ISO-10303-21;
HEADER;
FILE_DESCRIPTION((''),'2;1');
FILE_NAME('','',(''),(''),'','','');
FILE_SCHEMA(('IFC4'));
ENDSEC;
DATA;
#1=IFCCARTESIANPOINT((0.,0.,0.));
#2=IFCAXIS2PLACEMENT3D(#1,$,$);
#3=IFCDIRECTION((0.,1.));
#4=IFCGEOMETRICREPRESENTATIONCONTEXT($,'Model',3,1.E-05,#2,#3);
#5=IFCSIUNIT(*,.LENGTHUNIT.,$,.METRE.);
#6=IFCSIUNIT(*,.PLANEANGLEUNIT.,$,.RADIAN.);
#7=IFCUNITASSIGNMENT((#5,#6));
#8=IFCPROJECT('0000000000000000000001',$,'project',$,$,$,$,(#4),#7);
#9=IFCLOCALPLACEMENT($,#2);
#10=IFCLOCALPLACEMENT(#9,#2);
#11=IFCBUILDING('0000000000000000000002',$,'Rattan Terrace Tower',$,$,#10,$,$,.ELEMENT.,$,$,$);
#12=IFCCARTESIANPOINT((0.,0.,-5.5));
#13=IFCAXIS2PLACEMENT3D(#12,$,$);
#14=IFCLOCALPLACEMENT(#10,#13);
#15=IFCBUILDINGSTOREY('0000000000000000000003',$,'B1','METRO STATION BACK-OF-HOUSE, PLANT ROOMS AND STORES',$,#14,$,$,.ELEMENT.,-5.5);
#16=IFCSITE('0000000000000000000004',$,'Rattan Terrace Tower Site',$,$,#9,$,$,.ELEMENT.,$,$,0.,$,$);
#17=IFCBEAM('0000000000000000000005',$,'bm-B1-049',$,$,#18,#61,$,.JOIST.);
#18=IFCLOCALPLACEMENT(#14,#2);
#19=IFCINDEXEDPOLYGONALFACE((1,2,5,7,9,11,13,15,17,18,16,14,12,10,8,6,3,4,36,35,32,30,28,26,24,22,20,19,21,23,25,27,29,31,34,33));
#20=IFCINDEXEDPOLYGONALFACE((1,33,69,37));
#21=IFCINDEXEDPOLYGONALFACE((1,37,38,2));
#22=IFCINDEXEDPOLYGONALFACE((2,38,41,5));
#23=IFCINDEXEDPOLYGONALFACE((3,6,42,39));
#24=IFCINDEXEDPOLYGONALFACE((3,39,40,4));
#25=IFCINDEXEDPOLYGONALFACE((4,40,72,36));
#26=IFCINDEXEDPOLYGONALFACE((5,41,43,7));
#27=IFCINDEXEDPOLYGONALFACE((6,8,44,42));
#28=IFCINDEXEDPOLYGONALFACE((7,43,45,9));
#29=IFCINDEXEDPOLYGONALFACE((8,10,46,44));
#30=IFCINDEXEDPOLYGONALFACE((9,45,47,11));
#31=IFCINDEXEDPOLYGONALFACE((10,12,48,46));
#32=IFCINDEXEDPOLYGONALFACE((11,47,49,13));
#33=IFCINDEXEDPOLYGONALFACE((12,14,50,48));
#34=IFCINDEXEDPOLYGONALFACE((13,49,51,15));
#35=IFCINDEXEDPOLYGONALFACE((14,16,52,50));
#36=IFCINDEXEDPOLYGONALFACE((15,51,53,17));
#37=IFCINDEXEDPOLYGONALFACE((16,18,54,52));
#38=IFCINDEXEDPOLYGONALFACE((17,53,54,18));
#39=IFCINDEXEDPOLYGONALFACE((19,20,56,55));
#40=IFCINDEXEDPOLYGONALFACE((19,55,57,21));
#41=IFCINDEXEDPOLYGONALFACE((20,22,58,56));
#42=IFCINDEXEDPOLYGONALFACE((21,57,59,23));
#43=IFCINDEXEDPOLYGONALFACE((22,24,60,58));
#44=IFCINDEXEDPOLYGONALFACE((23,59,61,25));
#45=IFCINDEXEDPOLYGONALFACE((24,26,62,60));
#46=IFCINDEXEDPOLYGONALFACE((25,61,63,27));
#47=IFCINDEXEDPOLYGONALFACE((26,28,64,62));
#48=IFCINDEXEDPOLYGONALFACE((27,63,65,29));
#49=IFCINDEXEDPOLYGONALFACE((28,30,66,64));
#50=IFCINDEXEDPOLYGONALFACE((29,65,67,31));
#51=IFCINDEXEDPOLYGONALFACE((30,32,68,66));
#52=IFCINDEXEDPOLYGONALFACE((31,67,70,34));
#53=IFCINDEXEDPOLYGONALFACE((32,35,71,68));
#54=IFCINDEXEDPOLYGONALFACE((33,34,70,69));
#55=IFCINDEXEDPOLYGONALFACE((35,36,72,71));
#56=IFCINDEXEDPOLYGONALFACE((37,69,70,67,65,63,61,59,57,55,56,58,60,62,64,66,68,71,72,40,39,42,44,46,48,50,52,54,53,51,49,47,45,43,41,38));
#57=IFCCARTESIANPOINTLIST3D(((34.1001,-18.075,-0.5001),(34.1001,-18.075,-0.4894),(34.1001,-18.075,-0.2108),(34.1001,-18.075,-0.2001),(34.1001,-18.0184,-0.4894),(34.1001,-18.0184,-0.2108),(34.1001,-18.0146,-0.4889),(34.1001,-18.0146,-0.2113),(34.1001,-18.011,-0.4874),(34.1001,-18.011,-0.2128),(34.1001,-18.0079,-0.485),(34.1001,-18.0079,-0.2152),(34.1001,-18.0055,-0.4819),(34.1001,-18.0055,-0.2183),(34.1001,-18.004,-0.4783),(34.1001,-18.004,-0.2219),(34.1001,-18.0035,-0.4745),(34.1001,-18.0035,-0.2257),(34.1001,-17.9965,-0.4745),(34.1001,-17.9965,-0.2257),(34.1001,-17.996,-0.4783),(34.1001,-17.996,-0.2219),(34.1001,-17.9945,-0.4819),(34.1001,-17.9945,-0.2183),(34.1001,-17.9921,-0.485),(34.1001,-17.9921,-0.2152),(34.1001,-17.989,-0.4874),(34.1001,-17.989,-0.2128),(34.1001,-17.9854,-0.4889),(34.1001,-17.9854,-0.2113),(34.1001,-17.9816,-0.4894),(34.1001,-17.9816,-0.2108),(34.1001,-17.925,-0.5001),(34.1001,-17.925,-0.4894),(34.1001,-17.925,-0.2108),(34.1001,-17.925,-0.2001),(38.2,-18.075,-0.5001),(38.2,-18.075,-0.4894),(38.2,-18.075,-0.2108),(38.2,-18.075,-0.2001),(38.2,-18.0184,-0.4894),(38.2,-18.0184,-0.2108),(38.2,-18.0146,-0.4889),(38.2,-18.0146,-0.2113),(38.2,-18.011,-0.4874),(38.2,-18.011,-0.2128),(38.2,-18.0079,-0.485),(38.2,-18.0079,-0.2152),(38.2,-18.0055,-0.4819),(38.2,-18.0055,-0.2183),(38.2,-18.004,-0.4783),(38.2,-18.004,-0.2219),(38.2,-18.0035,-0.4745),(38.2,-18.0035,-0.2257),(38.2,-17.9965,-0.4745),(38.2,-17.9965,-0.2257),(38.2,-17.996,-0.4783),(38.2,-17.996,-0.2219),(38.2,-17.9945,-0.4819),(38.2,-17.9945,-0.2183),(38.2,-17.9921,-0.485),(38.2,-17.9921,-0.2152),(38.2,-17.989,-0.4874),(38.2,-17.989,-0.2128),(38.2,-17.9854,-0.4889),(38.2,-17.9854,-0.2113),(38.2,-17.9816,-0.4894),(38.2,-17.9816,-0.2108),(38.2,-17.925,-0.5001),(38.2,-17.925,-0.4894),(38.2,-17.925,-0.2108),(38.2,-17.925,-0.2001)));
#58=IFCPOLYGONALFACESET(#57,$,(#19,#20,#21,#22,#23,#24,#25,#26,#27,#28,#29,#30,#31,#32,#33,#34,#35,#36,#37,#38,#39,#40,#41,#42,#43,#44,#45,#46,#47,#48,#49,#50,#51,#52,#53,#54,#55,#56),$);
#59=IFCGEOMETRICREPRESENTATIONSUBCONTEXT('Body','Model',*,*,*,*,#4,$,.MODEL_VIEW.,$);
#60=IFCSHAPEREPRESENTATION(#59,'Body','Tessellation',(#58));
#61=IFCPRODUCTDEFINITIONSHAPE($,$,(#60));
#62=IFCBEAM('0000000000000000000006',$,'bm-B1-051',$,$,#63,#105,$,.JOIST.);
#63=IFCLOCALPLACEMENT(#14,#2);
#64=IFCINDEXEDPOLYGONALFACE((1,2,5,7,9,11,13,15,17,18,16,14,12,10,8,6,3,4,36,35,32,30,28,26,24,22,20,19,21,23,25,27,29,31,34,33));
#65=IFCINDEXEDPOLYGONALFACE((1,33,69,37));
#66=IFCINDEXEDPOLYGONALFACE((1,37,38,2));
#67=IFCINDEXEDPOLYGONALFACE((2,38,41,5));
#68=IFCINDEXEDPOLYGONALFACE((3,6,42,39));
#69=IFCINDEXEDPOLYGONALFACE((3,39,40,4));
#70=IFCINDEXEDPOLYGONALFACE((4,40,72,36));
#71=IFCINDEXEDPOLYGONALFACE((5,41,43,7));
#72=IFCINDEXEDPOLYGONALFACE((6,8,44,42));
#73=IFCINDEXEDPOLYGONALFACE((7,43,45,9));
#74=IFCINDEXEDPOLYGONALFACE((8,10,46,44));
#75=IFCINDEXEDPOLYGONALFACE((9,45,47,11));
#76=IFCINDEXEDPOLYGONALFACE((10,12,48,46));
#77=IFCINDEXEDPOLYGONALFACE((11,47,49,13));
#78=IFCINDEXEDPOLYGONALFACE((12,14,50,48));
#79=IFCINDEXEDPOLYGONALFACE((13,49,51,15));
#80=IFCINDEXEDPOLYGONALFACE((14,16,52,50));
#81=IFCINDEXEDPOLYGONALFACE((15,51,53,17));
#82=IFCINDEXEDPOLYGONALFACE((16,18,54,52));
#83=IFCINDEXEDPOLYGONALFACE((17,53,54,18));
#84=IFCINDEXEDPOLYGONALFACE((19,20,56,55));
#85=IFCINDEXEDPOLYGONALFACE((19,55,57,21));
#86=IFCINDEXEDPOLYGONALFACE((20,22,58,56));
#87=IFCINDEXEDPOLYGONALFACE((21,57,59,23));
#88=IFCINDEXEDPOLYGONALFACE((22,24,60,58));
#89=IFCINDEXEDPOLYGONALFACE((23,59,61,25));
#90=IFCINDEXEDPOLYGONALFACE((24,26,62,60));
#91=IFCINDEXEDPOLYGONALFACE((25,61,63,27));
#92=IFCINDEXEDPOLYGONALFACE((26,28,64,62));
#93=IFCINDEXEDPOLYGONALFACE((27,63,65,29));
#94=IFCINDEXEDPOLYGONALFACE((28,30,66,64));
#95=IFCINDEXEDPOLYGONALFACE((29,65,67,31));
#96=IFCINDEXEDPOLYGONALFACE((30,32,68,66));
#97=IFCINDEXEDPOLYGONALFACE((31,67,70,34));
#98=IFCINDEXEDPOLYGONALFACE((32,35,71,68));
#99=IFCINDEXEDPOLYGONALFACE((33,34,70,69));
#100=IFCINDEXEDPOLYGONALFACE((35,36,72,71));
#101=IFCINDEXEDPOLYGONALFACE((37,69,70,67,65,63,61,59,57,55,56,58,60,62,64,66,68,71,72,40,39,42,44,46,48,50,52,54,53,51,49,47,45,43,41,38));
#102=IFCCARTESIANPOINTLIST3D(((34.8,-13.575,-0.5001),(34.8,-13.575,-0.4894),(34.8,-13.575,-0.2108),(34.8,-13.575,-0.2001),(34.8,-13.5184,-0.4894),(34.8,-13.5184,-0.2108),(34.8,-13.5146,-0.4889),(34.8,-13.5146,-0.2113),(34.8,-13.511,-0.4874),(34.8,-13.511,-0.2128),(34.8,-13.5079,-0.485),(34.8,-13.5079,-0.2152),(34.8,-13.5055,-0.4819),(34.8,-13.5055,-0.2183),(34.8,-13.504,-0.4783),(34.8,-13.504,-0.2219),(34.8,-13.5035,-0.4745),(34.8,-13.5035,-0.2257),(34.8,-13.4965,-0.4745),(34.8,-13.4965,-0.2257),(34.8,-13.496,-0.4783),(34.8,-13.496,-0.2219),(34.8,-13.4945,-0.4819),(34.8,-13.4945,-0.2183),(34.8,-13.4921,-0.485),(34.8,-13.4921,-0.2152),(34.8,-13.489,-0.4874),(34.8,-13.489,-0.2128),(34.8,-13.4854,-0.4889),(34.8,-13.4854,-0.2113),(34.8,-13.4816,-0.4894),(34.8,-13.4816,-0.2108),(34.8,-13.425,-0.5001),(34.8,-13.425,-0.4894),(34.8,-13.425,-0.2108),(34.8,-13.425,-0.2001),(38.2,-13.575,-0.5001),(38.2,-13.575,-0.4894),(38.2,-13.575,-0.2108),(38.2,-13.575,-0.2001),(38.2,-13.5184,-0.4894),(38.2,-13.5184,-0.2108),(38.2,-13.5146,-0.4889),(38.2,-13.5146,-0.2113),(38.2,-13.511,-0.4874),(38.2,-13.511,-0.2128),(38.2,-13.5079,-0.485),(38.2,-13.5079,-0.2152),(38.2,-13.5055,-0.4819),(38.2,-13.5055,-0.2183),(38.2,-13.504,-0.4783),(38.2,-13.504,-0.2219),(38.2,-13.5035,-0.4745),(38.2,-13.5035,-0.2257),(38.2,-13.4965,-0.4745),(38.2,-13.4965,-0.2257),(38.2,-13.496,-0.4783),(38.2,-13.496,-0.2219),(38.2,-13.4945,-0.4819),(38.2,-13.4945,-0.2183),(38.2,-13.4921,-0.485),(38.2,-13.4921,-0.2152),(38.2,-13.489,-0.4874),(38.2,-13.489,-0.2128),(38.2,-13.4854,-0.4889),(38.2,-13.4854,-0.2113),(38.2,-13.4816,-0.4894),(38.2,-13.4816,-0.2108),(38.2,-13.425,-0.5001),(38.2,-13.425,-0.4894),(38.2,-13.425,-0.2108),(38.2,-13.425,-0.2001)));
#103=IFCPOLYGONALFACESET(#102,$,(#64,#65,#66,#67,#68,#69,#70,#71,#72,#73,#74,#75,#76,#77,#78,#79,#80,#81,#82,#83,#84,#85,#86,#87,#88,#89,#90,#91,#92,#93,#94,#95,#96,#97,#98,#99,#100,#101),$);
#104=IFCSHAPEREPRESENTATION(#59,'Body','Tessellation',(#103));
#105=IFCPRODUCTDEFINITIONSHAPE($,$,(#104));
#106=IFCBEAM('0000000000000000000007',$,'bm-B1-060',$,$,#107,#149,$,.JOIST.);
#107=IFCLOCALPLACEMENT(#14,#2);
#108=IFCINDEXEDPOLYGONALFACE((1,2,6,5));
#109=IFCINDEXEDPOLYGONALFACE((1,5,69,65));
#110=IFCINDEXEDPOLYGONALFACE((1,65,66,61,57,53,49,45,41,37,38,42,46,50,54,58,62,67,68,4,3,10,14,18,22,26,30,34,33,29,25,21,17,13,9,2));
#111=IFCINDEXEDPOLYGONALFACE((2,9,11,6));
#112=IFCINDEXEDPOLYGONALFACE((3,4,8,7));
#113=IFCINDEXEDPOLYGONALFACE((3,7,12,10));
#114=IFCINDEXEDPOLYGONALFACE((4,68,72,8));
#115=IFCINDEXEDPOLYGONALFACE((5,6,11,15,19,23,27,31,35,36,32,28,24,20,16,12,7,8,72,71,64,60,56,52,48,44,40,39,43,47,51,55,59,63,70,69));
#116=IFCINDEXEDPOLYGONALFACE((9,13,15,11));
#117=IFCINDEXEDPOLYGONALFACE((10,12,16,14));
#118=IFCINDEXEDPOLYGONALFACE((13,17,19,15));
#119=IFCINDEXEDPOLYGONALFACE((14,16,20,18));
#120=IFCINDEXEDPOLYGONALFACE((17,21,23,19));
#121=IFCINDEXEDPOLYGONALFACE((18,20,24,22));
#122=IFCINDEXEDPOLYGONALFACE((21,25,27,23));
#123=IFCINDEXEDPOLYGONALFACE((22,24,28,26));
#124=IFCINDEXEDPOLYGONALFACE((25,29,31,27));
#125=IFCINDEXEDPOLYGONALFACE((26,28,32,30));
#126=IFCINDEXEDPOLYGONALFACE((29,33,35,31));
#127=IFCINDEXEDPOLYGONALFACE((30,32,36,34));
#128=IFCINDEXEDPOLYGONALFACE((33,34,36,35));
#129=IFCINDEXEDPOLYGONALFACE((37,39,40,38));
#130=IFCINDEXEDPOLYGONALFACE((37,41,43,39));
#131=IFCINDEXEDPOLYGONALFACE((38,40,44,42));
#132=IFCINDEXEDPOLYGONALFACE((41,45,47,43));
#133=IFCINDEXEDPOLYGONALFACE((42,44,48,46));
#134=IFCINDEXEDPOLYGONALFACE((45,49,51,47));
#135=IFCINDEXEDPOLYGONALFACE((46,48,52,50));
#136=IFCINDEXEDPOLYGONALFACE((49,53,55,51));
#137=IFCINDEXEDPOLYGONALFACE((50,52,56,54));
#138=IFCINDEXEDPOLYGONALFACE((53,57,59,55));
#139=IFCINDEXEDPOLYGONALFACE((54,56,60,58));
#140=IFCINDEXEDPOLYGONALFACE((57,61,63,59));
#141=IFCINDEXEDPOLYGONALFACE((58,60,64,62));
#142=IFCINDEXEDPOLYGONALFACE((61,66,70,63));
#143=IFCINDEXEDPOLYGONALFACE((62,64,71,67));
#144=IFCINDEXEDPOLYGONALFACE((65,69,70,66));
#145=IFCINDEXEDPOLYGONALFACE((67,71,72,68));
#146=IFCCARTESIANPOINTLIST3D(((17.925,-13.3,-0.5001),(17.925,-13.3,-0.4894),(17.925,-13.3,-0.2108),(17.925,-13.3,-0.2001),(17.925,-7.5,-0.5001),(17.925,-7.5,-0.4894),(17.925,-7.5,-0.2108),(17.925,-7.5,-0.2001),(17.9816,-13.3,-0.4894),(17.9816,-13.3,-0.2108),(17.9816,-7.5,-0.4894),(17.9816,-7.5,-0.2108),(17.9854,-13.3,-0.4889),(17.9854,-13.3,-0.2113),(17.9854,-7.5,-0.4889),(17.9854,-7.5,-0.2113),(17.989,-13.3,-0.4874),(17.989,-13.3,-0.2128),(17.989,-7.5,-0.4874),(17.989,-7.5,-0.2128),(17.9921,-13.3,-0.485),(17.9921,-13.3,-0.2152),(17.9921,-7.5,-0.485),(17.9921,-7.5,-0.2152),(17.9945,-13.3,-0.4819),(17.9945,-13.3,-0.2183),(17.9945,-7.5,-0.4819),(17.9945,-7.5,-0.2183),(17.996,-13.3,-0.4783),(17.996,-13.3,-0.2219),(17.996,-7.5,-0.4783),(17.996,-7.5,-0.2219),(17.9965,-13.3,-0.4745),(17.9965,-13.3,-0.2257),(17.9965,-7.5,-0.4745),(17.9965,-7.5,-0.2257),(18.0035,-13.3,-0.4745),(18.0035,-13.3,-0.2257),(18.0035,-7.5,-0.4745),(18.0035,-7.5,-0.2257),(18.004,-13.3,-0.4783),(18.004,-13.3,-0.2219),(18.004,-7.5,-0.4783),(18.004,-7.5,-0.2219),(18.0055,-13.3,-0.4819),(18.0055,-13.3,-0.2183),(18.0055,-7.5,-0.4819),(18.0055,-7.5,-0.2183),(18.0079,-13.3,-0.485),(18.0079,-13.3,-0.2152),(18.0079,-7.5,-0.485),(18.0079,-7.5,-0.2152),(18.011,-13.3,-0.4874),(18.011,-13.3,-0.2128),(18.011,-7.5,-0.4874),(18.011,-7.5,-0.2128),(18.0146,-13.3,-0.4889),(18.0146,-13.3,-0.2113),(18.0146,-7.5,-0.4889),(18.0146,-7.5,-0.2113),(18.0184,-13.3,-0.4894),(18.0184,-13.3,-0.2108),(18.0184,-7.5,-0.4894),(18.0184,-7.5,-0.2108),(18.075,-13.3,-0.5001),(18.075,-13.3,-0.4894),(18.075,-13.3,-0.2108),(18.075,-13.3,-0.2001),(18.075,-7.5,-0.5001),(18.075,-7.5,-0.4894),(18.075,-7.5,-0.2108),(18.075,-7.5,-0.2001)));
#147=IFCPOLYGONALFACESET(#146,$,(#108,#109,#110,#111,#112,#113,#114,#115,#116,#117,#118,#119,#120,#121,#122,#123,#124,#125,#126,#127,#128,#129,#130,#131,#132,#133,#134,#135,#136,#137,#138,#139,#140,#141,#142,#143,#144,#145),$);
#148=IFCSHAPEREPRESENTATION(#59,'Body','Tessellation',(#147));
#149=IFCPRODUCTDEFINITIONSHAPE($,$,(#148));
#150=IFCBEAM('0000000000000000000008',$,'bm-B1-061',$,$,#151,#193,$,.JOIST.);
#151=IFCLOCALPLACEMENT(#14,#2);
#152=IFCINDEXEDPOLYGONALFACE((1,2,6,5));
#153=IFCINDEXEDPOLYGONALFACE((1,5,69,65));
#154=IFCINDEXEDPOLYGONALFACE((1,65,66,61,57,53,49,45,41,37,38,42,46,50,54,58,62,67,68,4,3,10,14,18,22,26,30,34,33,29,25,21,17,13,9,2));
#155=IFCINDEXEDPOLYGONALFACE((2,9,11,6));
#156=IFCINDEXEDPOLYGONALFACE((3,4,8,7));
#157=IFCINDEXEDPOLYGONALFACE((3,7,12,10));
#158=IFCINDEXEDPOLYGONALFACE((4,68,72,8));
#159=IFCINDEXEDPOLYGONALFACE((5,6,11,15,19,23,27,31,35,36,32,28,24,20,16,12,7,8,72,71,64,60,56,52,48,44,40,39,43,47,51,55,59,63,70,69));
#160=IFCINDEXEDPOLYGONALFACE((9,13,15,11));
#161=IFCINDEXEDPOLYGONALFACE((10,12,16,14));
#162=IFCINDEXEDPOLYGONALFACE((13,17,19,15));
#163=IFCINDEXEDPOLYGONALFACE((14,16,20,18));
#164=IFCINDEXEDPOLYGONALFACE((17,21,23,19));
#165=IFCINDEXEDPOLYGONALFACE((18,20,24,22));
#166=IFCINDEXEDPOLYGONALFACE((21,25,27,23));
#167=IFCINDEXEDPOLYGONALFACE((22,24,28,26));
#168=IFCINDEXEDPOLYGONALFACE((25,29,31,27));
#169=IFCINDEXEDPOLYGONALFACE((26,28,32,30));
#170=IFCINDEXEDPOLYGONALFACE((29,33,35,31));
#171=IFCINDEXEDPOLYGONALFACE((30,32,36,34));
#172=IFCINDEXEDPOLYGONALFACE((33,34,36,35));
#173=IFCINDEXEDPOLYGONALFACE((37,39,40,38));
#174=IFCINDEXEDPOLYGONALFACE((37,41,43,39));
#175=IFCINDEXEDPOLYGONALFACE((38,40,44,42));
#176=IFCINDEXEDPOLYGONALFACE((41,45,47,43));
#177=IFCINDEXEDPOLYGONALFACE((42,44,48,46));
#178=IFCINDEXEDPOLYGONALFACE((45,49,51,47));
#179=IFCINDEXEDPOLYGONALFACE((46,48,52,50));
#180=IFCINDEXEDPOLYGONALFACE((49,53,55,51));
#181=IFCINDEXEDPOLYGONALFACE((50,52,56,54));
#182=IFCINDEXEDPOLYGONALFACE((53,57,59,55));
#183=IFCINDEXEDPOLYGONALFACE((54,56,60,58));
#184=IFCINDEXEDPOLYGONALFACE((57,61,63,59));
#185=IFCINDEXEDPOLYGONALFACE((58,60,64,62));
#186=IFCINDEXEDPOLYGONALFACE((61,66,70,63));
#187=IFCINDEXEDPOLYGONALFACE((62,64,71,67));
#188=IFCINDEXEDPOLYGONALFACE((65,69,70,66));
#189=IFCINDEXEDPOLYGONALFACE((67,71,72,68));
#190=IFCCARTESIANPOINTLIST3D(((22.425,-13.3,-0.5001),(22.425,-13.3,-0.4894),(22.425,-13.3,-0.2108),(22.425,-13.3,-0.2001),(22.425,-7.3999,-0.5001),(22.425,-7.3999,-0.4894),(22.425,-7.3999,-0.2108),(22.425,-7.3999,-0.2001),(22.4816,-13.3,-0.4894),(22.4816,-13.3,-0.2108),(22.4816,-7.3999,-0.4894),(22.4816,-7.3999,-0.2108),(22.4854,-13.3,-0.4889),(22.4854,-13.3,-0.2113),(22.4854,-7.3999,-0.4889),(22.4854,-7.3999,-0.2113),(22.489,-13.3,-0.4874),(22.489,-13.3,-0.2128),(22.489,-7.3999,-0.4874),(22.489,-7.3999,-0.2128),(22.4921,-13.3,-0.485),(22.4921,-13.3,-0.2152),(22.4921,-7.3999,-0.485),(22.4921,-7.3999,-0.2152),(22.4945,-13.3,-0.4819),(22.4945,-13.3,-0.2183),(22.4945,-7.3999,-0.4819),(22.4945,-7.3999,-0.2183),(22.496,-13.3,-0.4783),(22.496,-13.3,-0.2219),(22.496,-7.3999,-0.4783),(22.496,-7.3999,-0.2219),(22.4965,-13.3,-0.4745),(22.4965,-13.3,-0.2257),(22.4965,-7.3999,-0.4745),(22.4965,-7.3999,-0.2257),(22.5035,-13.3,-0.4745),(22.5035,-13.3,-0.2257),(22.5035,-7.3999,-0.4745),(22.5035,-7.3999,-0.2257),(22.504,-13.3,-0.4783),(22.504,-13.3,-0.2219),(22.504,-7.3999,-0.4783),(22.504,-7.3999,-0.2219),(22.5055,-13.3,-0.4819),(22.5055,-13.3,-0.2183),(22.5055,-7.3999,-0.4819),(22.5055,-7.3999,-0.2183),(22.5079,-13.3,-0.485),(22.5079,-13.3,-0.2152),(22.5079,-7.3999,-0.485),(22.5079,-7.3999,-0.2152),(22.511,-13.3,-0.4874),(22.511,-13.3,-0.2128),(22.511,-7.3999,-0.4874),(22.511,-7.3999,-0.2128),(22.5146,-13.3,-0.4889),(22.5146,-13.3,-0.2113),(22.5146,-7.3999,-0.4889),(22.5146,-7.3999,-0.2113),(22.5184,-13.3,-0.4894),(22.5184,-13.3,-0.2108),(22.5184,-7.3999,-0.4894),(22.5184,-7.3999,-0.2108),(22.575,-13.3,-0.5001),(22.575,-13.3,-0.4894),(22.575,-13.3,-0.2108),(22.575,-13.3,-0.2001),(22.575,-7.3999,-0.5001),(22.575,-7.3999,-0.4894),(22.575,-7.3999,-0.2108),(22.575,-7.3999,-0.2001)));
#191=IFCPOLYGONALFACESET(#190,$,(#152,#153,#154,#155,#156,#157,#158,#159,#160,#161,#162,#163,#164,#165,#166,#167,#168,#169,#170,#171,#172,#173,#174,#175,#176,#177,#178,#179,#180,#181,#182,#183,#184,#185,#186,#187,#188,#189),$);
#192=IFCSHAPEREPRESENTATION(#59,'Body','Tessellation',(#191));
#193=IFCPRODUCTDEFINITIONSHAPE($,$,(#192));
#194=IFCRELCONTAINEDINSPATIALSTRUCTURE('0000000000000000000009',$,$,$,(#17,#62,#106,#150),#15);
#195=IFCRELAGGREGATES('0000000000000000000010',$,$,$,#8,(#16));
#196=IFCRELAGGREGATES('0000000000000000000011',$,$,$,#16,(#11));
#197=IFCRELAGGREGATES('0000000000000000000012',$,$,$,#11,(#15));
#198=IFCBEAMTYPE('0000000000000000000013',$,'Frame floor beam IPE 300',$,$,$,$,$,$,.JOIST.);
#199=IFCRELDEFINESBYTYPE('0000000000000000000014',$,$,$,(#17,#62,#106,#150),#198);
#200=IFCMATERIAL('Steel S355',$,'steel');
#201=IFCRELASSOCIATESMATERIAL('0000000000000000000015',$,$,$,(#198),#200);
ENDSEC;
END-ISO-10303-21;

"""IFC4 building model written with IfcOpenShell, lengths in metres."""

from ifc_helpers import new_model, si_unit, direction, frame, origin, origin_2d, place, context, subcontext, project, spatial, i_section, extrude, material, material_profile, profile_set, type_object, element, save


model = new_model("IFC4")

# Units and contexts
model_context = context("Model", 3, precision=1e-05, world=origin(), true_north=direction((0.0, 1.0)))
body_context = subcontext(model_context, "Body", "Model", "MODEL_VIEW")
ifc_project = project(units=[si_unit("LENGTHUNIT", "METRE"), si_unit("PLANEANGLEUNIT", "RADIAN")], contexts=[model_context])

# Site, building, storey
site_placement = place(None, origin())
site = spatial("IfcSite", under=ifc_project, at=site_placement, Name="Rattan Terrace Tower Site", CompositionType="ELEMENT", RefElevation=0.0)
building_placement = place(site_placement, origin())
building = spatial("IfcBuilding", under=site, at=building_placement, Name="Rattan Terrace Tower", CompositionType="ELEMENT")
storey_placement = place(building_placement, frame((0.0, 0.0, -5.5)))
storey = spatial("IfcBuildingStorey", under=building, at=storey_placement, Name="B1", Description="METRO STATION BACK-OF-HOUSE, PLANT ROOMS AND STORES", CompositionType="ELEMENT", Elevation=-5.5)

# Beams
ifc_material_1 = material(Name="Steel S355", Category="steel")
ifc_material_profile_1 = material_profile(ifc_material_1, i_section(OverallWidth=0.1499, OverallDepth=0.3, WebThickness=0.0071, FlangeThickness=0.0107, FilletRadius=0.0149, at=origin_2d()), Name="IPE 300")
ifc_profile_set_1 = profile_set([ifc_material_profile_1], Name="Steel S355")
beam_type_1 = type_object("IfcBeamType", Name="Frame floor beam IPE 300", PredefinedType="JOIST", material=ifc_profile_set_1)
for number, where, z_axis, x_axis, name in (
    (1, (34.1001, -18.0, -0.3501), (1.0, 0.0, 0.0), (0.0, 1.0, 0.0), "bm-B1-049"),
):
    element("IfcBeam", number, at=place(storey_placement, frame(where, z_axis=z_axis, x_axis=x_axis)), inside=storey, type_object=beam_type_1, Name=name, PredefinedType="JOIST", context=body_context, shape_type="SweptSolid", body=[
        extrude(i_section(OverallWidth=0.1499, OverallDepth=0.3, WebThickness=0.0071, FlangeThickness=0.0107, FilletRadius=0.0149, at=origin_2d()), origin(), (0.0, 0.0, 1.0), 4.0999),
    ])
beam_1_placement = place(storey_placement, frame((34.8, -13.5, -0.3501), z_axis=(1.0, 0.0, 0.0), x_axis=(0.0, 1.0, 0.0)))
element("IfcBeam", 2, at=beam_1_placement, inside=storey, type_object=beam_type_1, Name="bm-B1-051", PredefinedType="JOIST", context=body_context, shape_type="SweptSolid", body=[
    extrude(i_section(OverallWidth=0.1499, OverallDepth=0.3, WebThickness=0.0071, FlangeThickness=0.0107, FilletRadius=0.0149, at=origin_2d()), origin(), (0.0, 0.0, 1.0), 3.3999),
])
beam_2_placement = place(storey_placement, frame((18.0, -13.3, -0.3501), z_axis=(0.0, 1.0, 0.0), x_axis=(-1.0, 0.0, 0.0)))
element("IfcBeam", 3, at=beam_2_placement, inside=storey, type_object=beam_type_1, Name="bm-B1-060", PredefinedType="JOIST", context=body_context, shape_type="SweptSolid", body=[
    extrude(i_section(OverallWidth=0.1499, OverallDepth=0.3, WebThickness=0.0071, FlangeThickness=0.0107, FilletRadius=0.0149, at=origin_2d()), origin(), (0.0, 0.0, 1.0), 5.8),
])
beam_3_placement = place(storey_placement, frame((22.5, -13.3, -0.3501), z_axis=(0.0, 1.0, 0.0), x_axis=(-1.0, 0.0, 0.0)))
element("IfcBeam", 4, at=beam_3_placement, inside=storey, type_object=beam_type_1, Name="bm-B1-061", PredefinedType="JOIST", context=body_context, shape_type="SweptSolid", body=[
    extrude(i_section(OverallWidth=0.1499, OverallDepth=0.3, WebThickness=0.0071, FlangeThickness=0.0107, FilletRadius=0.0149, at=origin_2d()), origin(), (0.0, 0.0, 1.0), 5.9001),
])

save(model, "model.ifc")
